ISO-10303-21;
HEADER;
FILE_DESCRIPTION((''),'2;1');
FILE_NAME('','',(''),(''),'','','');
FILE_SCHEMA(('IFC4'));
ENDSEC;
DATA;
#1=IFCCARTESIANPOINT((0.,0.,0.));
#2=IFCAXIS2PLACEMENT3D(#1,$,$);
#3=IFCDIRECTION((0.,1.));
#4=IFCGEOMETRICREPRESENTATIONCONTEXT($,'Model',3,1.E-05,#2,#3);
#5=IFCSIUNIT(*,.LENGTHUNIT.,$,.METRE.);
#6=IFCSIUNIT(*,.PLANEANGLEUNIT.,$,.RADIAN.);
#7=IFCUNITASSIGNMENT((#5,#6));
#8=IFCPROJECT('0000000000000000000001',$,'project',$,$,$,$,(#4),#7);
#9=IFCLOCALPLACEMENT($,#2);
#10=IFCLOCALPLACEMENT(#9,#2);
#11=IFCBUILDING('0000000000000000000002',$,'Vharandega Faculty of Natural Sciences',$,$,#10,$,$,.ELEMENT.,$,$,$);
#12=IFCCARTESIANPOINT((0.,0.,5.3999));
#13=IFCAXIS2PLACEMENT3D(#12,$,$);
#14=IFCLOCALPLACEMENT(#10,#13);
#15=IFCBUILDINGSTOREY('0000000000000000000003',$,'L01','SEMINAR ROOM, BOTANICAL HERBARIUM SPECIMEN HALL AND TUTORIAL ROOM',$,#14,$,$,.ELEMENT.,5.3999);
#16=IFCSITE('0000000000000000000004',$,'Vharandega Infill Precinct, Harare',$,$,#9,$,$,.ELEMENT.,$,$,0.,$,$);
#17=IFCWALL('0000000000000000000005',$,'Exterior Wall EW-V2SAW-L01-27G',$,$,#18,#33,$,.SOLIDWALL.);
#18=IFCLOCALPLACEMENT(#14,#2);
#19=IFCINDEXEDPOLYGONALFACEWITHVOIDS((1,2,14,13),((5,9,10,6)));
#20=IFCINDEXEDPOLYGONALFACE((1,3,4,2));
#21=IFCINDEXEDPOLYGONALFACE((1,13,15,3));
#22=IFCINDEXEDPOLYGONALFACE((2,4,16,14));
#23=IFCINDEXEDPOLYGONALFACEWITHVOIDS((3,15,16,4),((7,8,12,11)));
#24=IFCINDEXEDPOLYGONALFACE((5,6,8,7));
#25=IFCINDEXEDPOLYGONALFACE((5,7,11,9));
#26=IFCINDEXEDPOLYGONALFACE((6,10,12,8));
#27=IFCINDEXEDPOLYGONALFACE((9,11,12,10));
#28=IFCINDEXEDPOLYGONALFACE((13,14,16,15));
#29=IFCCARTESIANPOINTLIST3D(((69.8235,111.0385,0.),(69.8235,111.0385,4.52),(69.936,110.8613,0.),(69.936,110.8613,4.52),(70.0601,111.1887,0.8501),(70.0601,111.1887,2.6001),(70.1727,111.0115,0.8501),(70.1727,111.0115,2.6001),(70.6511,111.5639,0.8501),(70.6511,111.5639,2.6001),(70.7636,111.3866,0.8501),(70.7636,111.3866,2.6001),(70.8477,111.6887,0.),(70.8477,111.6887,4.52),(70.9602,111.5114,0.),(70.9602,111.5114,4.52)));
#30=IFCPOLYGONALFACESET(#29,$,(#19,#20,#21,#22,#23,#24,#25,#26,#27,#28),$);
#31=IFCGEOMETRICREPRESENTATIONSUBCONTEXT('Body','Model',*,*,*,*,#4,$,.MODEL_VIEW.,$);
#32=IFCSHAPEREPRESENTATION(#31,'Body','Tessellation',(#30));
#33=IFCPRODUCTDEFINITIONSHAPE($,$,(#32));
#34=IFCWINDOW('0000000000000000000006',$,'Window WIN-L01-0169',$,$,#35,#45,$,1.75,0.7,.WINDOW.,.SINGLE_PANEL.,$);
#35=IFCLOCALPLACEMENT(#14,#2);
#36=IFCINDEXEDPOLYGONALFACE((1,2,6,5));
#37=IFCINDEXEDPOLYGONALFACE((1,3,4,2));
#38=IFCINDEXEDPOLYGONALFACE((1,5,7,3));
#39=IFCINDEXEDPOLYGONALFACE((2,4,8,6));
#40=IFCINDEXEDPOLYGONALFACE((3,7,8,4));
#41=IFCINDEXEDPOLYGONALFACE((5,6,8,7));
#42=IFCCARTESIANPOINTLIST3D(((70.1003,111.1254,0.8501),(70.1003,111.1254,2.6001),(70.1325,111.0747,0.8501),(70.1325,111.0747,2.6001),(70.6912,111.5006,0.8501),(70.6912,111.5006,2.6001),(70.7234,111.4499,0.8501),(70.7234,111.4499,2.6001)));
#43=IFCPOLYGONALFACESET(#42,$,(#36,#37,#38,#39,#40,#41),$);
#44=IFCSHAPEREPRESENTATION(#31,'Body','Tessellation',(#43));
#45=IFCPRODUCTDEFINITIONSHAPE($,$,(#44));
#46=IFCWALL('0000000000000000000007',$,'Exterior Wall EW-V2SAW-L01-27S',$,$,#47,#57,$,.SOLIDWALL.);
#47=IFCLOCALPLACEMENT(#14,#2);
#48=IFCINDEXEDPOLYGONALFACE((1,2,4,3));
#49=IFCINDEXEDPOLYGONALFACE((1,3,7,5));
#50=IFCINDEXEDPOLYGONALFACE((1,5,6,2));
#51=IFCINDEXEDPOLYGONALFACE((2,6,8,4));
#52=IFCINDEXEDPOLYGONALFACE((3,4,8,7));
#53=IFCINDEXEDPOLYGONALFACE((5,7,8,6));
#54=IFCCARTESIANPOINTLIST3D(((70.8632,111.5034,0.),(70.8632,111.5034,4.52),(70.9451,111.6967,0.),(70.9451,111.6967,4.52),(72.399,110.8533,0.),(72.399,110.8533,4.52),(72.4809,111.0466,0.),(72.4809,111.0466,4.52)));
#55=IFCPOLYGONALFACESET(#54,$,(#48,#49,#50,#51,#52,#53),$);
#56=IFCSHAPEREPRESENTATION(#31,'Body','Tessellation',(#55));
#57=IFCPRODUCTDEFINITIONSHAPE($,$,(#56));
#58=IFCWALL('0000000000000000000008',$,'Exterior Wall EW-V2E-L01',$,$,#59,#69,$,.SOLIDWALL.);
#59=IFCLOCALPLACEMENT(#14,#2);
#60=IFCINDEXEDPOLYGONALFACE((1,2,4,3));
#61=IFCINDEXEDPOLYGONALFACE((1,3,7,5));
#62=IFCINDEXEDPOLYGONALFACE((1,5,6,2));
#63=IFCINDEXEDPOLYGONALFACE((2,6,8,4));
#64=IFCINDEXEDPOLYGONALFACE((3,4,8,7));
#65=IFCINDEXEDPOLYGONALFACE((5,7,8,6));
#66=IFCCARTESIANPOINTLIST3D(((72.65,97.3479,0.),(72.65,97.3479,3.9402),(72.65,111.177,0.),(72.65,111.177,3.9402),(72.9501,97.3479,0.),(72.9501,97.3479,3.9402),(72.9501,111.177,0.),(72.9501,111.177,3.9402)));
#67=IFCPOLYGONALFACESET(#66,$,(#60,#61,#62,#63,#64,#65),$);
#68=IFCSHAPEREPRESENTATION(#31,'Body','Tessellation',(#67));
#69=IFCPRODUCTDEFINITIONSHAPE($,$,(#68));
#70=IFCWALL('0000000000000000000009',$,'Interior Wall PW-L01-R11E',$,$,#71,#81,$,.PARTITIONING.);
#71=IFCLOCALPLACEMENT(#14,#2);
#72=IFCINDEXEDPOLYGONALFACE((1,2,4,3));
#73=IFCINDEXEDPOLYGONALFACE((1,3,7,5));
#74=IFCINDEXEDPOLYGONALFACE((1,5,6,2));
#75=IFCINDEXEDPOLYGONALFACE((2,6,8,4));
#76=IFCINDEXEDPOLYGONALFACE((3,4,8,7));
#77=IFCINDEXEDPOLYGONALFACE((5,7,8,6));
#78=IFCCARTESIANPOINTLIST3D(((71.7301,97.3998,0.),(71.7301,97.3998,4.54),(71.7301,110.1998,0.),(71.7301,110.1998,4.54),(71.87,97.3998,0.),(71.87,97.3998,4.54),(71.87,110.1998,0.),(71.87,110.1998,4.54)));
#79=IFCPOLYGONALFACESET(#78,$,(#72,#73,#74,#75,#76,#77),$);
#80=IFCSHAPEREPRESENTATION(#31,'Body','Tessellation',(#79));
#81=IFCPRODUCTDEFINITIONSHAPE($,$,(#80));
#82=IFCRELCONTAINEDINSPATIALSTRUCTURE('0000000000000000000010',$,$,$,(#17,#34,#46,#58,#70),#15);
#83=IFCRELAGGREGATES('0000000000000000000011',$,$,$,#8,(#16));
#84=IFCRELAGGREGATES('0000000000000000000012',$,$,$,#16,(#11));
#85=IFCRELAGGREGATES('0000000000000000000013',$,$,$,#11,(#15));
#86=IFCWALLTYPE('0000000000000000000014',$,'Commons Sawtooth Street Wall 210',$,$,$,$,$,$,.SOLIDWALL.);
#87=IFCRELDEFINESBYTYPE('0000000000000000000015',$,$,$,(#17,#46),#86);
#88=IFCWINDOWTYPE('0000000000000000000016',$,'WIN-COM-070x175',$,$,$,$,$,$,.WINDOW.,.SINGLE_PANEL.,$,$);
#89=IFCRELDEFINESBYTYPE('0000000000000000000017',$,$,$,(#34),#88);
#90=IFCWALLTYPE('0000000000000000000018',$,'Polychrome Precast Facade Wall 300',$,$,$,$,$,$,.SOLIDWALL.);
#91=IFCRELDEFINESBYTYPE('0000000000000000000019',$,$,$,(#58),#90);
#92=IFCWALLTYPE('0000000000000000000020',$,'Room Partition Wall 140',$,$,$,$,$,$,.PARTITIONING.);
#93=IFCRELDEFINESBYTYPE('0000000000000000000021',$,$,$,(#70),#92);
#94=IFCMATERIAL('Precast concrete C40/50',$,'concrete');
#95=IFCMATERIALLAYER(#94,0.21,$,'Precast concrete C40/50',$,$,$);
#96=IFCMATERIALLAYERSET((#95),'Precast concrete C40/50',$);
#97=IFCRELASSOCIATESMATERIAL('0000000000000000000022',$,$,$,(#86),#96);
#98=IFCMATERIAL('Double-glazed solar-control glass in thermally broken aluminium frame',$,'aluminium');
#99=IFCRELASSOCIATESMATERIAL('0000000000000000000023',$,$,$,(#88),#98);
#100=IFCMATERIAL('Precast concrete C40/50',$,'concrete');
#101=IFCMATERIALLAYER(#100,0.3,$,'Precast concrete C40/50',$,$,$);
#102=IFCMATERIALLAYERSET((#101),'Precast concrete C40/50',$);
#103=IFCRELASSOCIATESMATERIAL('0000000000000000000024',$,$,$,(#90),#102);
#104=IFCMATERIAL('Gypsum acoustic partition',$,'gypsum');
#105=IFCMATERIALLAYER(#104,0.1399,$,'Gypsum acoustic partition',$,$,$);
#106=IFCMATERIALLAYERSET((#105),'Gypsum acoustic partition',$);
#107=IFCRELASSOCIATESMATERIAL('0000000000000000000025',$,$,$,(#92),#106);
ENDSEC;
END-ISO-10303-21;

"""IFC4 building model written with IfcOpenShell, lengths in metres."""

from ifc_helpers import new_model, si_unit, direction, frame, frame_2d, origin, place, context, subcontext, project, spatial, rectangle, extrude, material, layer, layer_set, type_object, element, fill, save


model = new_model("IFC4")

# Units and contexts
model_context = context("Model", 3, precision=1e-05, world=origin(), true_north=direction((0.0, 1.0)))
body_context = subcontext(model_context, "Body", "Model", "MODEL_VIEW")
ifc_project = project(units=[si_unit("LENGTHUNIT", "METRE"), si_unit("PLANEANGLEUNIT", "RADIAN")], contexts=[model_context])

# Site, building, storey
site_placement = place(None, origin())
site = spatial("IfcSite", under=ifc_project, at=site_placement, Name="Vharandega Infill Precinct, Harare", CompositionType="ELEMENT", RefElevation=0.0)
building_placement = place(site_placement, origin())
building = spatial("IfcBuilding", under=site, at=building_placement, Name="Vharandega Faculty of Natural Sciences", CompositionType="ELEMENT")
storey_placement = place(building_placement, frame((0.0, 0.0, 5.3999)))
storey = spatial("IfcBuildingStorey", under=building, at=storey_placement, Name="L01", Description="SEMINAR ROOM, BOTANICAL HERBARIUM SPECIMEN HALL AND TUTORIAL ROOM", CompositionType="ELEMENT", Elevation=5.3999)

# Shared definitions
ifc_material_1 = material(Name="Precast concrete C40/50", Category="concrete")
ifc_layer_1 = layer(ifc_material_1, 0.21, Name="Precast concrete C40/50")
ifc_layer_set_1 = layer_set([ifc_layer_1], Name="Precast concrete C40/50")
wall_type_1 = type_object("IfcWallType", Name="Commons Sawtooth Street Wall 210", PredefinedType="SOLIDWALL", material=ifc_layer_set_1)

# Wall, opening, window
wall_1_placement = place(storey_placement, frame((69.8799, 110.95, 0.0), z_axis=(0.0, 0.0, 1.0), x_axis=(0.844258, 0.535938, 0.0)))
wall_1 = element("IfcWall", 1, at=wall_1_placement, inside=storey, type_object=wall_type_1, Name="Exterior Wall EW-V2SAW-L01-27G", PredefinedType="SOLIDWALL", context=body_context, shape_type="SweptSolid", body=[
    extrude(rectangle(XDim=1.2131, YDim=0.21, at=frame_2d((0.6064, 0.0))), origin(), (0.0, 0.0, 1.0), 4.52),
])
opening_1_placement = place(wall_1_placement, frame((0.28, 0.0, 0.8501)))
opening_1 = element("IfcOpeningElement", 2, at=opening_1_placement, cuts=wall_1, PredefinedType="OPENING", context=body_context, shape_type="SweptSolid", body=[
    extrude(rectangle(XDim=0.7, YDim=1.75, at=frame_2d((0.3501, 0.875))), frame((0.0, 0.115, 0.0), z_axis=(0.0, -1.0, 0.0), x_axis=(1.0, 0.0, 0.0)), (0.0, 0.0, 1.0), 0.23),
])
ifc_material_2 = material(Name="Double-glazed solar-control glass in thermally broken aluminium frame", Category="aluminium")
window_type_1 = type_object("IfcWindowType", Name="WIN-COM-070x175", PartitioningType="SINGLE_PANEL", PredefinedType="WINDOW", material=ifc_material_2)
window_1_placement = place(opening_1_placement, origin())
window_1 = element("IfcWindow", 3, at=window_1_placement, inside=storey, type_object=window_type_1, Name="Window WIN-L01-0169", OverallHeight=1.75, OverallWidth=0.7, PartitioningType="SINGLE_PANEL", PredefinedType="WINDOW", context=body_context, shape_type="SweptSolid", body=[
    extrude(rectangle(XDim=0.7, YDim=1.75, at=frame_2d((0.3501, 0.875))), frame((0.0, 0.03, 0.0), z_axis=(0.0, -1.0, 0.0), x_axis=(1.0, 0.0, 0.0)), (0.0, 0.0, 1.0), 0.0601),
])
fill(opening_1, window_1)

# Walls
wall_2_placement = place(storey_placement, frame((70.9041, 111.6001, 0.0), z_axis=(0.0, 0.0, 1.0), x_axis=(0.920892, -0.389817, 0.0)))
element("IfcWall", 4, at=wall_2_placement, inside=storey, type_object=wall_type_1, Name="Exterior Wall EW-V2SAW-L01-27S", PredefinedType="SOLIDWALL", context=body_context, shape_type="SweptSolid", body=[
    extrude(rectangle(XDim=1.6677, YDim=0.21, at=frame_2d((0.834, 0.0))), origin(), (0.0, 0.0, 1.0), 4.52),
])
ifc_material_3 = material(Name="Precast concrete C40/50", Category="concrete")
ifc_layer_2 = layer(ifc_material_3, 0.3, Name="Precast concrete C40/50")
ifc_layer_set_2 = layer_set([ifc_layer_2], Name="Precast concrete C40/50")
wall_type_2 = type_object("IfcWallType", Name="Polychrome Precast Facade Wall 300", PredefinedType="SOLIDWALL", material=ifc_layer_set_2)
wall_3_placement = place(storey_placement, frame((72.8, 111.177, 0.0), z_axis=(0.0, 0.0, 1.0), x_axis=(0.0, -1.0, 0.0)))
element("IfcWall", 5, at=wall_3_placement, inside=storey, type_object=wall_type_2, Name="Exterior Wall EW-V2E-L01", PredefinedType="SOLIDWALL", context=body_context, shape_type="SweptSolid", body=[
    extrude(rectangle(XDim=13.8291, YDim=0.3, at=frame_2d((6.9146, 0.0))), origin(), (0.0, 0.0, 1.0), 3.9402),
])
ifc_material_4 = material(Name="Gypsum acoustic partition", Category="gypsum")
ifc_layer_3 = layer(ifc_material_4, 0.1399, Name="Gypsum acoustic partition")
ifc_layer_set_3 = layer_set([ifc_layer_3], Name="Gypsum acoustic partition")
wall_type_3 = type_object("IfcWallType", Name="Room Partition Wall 140", PredefinedType="PARTITIONING", material=ifc_layer_set_3)
wall_4_placement = place(storey_placement, frame((71.8, 97.3999, 0.0), z_axis=(0.0, 0.0, 1.0), x_axis=(0.0, 1.0, 0.0)))
element("IfcWall", 6, at=wall_4_placement, inside=storey, type_object=wall_type_3, Name="Interior Wall PW-L01-R11E", PredefinedType="PARTITIONING", context=body_context, shape_type="SweptSolid", body=[
    extrude(rectangle(XDim=12.8, YDim=0.1399, at=frame_2d((6.3999, 0.0))), origin(), (0.0, 0.0, 1.0), 4.54),
])

save(model, "model.ifc")
